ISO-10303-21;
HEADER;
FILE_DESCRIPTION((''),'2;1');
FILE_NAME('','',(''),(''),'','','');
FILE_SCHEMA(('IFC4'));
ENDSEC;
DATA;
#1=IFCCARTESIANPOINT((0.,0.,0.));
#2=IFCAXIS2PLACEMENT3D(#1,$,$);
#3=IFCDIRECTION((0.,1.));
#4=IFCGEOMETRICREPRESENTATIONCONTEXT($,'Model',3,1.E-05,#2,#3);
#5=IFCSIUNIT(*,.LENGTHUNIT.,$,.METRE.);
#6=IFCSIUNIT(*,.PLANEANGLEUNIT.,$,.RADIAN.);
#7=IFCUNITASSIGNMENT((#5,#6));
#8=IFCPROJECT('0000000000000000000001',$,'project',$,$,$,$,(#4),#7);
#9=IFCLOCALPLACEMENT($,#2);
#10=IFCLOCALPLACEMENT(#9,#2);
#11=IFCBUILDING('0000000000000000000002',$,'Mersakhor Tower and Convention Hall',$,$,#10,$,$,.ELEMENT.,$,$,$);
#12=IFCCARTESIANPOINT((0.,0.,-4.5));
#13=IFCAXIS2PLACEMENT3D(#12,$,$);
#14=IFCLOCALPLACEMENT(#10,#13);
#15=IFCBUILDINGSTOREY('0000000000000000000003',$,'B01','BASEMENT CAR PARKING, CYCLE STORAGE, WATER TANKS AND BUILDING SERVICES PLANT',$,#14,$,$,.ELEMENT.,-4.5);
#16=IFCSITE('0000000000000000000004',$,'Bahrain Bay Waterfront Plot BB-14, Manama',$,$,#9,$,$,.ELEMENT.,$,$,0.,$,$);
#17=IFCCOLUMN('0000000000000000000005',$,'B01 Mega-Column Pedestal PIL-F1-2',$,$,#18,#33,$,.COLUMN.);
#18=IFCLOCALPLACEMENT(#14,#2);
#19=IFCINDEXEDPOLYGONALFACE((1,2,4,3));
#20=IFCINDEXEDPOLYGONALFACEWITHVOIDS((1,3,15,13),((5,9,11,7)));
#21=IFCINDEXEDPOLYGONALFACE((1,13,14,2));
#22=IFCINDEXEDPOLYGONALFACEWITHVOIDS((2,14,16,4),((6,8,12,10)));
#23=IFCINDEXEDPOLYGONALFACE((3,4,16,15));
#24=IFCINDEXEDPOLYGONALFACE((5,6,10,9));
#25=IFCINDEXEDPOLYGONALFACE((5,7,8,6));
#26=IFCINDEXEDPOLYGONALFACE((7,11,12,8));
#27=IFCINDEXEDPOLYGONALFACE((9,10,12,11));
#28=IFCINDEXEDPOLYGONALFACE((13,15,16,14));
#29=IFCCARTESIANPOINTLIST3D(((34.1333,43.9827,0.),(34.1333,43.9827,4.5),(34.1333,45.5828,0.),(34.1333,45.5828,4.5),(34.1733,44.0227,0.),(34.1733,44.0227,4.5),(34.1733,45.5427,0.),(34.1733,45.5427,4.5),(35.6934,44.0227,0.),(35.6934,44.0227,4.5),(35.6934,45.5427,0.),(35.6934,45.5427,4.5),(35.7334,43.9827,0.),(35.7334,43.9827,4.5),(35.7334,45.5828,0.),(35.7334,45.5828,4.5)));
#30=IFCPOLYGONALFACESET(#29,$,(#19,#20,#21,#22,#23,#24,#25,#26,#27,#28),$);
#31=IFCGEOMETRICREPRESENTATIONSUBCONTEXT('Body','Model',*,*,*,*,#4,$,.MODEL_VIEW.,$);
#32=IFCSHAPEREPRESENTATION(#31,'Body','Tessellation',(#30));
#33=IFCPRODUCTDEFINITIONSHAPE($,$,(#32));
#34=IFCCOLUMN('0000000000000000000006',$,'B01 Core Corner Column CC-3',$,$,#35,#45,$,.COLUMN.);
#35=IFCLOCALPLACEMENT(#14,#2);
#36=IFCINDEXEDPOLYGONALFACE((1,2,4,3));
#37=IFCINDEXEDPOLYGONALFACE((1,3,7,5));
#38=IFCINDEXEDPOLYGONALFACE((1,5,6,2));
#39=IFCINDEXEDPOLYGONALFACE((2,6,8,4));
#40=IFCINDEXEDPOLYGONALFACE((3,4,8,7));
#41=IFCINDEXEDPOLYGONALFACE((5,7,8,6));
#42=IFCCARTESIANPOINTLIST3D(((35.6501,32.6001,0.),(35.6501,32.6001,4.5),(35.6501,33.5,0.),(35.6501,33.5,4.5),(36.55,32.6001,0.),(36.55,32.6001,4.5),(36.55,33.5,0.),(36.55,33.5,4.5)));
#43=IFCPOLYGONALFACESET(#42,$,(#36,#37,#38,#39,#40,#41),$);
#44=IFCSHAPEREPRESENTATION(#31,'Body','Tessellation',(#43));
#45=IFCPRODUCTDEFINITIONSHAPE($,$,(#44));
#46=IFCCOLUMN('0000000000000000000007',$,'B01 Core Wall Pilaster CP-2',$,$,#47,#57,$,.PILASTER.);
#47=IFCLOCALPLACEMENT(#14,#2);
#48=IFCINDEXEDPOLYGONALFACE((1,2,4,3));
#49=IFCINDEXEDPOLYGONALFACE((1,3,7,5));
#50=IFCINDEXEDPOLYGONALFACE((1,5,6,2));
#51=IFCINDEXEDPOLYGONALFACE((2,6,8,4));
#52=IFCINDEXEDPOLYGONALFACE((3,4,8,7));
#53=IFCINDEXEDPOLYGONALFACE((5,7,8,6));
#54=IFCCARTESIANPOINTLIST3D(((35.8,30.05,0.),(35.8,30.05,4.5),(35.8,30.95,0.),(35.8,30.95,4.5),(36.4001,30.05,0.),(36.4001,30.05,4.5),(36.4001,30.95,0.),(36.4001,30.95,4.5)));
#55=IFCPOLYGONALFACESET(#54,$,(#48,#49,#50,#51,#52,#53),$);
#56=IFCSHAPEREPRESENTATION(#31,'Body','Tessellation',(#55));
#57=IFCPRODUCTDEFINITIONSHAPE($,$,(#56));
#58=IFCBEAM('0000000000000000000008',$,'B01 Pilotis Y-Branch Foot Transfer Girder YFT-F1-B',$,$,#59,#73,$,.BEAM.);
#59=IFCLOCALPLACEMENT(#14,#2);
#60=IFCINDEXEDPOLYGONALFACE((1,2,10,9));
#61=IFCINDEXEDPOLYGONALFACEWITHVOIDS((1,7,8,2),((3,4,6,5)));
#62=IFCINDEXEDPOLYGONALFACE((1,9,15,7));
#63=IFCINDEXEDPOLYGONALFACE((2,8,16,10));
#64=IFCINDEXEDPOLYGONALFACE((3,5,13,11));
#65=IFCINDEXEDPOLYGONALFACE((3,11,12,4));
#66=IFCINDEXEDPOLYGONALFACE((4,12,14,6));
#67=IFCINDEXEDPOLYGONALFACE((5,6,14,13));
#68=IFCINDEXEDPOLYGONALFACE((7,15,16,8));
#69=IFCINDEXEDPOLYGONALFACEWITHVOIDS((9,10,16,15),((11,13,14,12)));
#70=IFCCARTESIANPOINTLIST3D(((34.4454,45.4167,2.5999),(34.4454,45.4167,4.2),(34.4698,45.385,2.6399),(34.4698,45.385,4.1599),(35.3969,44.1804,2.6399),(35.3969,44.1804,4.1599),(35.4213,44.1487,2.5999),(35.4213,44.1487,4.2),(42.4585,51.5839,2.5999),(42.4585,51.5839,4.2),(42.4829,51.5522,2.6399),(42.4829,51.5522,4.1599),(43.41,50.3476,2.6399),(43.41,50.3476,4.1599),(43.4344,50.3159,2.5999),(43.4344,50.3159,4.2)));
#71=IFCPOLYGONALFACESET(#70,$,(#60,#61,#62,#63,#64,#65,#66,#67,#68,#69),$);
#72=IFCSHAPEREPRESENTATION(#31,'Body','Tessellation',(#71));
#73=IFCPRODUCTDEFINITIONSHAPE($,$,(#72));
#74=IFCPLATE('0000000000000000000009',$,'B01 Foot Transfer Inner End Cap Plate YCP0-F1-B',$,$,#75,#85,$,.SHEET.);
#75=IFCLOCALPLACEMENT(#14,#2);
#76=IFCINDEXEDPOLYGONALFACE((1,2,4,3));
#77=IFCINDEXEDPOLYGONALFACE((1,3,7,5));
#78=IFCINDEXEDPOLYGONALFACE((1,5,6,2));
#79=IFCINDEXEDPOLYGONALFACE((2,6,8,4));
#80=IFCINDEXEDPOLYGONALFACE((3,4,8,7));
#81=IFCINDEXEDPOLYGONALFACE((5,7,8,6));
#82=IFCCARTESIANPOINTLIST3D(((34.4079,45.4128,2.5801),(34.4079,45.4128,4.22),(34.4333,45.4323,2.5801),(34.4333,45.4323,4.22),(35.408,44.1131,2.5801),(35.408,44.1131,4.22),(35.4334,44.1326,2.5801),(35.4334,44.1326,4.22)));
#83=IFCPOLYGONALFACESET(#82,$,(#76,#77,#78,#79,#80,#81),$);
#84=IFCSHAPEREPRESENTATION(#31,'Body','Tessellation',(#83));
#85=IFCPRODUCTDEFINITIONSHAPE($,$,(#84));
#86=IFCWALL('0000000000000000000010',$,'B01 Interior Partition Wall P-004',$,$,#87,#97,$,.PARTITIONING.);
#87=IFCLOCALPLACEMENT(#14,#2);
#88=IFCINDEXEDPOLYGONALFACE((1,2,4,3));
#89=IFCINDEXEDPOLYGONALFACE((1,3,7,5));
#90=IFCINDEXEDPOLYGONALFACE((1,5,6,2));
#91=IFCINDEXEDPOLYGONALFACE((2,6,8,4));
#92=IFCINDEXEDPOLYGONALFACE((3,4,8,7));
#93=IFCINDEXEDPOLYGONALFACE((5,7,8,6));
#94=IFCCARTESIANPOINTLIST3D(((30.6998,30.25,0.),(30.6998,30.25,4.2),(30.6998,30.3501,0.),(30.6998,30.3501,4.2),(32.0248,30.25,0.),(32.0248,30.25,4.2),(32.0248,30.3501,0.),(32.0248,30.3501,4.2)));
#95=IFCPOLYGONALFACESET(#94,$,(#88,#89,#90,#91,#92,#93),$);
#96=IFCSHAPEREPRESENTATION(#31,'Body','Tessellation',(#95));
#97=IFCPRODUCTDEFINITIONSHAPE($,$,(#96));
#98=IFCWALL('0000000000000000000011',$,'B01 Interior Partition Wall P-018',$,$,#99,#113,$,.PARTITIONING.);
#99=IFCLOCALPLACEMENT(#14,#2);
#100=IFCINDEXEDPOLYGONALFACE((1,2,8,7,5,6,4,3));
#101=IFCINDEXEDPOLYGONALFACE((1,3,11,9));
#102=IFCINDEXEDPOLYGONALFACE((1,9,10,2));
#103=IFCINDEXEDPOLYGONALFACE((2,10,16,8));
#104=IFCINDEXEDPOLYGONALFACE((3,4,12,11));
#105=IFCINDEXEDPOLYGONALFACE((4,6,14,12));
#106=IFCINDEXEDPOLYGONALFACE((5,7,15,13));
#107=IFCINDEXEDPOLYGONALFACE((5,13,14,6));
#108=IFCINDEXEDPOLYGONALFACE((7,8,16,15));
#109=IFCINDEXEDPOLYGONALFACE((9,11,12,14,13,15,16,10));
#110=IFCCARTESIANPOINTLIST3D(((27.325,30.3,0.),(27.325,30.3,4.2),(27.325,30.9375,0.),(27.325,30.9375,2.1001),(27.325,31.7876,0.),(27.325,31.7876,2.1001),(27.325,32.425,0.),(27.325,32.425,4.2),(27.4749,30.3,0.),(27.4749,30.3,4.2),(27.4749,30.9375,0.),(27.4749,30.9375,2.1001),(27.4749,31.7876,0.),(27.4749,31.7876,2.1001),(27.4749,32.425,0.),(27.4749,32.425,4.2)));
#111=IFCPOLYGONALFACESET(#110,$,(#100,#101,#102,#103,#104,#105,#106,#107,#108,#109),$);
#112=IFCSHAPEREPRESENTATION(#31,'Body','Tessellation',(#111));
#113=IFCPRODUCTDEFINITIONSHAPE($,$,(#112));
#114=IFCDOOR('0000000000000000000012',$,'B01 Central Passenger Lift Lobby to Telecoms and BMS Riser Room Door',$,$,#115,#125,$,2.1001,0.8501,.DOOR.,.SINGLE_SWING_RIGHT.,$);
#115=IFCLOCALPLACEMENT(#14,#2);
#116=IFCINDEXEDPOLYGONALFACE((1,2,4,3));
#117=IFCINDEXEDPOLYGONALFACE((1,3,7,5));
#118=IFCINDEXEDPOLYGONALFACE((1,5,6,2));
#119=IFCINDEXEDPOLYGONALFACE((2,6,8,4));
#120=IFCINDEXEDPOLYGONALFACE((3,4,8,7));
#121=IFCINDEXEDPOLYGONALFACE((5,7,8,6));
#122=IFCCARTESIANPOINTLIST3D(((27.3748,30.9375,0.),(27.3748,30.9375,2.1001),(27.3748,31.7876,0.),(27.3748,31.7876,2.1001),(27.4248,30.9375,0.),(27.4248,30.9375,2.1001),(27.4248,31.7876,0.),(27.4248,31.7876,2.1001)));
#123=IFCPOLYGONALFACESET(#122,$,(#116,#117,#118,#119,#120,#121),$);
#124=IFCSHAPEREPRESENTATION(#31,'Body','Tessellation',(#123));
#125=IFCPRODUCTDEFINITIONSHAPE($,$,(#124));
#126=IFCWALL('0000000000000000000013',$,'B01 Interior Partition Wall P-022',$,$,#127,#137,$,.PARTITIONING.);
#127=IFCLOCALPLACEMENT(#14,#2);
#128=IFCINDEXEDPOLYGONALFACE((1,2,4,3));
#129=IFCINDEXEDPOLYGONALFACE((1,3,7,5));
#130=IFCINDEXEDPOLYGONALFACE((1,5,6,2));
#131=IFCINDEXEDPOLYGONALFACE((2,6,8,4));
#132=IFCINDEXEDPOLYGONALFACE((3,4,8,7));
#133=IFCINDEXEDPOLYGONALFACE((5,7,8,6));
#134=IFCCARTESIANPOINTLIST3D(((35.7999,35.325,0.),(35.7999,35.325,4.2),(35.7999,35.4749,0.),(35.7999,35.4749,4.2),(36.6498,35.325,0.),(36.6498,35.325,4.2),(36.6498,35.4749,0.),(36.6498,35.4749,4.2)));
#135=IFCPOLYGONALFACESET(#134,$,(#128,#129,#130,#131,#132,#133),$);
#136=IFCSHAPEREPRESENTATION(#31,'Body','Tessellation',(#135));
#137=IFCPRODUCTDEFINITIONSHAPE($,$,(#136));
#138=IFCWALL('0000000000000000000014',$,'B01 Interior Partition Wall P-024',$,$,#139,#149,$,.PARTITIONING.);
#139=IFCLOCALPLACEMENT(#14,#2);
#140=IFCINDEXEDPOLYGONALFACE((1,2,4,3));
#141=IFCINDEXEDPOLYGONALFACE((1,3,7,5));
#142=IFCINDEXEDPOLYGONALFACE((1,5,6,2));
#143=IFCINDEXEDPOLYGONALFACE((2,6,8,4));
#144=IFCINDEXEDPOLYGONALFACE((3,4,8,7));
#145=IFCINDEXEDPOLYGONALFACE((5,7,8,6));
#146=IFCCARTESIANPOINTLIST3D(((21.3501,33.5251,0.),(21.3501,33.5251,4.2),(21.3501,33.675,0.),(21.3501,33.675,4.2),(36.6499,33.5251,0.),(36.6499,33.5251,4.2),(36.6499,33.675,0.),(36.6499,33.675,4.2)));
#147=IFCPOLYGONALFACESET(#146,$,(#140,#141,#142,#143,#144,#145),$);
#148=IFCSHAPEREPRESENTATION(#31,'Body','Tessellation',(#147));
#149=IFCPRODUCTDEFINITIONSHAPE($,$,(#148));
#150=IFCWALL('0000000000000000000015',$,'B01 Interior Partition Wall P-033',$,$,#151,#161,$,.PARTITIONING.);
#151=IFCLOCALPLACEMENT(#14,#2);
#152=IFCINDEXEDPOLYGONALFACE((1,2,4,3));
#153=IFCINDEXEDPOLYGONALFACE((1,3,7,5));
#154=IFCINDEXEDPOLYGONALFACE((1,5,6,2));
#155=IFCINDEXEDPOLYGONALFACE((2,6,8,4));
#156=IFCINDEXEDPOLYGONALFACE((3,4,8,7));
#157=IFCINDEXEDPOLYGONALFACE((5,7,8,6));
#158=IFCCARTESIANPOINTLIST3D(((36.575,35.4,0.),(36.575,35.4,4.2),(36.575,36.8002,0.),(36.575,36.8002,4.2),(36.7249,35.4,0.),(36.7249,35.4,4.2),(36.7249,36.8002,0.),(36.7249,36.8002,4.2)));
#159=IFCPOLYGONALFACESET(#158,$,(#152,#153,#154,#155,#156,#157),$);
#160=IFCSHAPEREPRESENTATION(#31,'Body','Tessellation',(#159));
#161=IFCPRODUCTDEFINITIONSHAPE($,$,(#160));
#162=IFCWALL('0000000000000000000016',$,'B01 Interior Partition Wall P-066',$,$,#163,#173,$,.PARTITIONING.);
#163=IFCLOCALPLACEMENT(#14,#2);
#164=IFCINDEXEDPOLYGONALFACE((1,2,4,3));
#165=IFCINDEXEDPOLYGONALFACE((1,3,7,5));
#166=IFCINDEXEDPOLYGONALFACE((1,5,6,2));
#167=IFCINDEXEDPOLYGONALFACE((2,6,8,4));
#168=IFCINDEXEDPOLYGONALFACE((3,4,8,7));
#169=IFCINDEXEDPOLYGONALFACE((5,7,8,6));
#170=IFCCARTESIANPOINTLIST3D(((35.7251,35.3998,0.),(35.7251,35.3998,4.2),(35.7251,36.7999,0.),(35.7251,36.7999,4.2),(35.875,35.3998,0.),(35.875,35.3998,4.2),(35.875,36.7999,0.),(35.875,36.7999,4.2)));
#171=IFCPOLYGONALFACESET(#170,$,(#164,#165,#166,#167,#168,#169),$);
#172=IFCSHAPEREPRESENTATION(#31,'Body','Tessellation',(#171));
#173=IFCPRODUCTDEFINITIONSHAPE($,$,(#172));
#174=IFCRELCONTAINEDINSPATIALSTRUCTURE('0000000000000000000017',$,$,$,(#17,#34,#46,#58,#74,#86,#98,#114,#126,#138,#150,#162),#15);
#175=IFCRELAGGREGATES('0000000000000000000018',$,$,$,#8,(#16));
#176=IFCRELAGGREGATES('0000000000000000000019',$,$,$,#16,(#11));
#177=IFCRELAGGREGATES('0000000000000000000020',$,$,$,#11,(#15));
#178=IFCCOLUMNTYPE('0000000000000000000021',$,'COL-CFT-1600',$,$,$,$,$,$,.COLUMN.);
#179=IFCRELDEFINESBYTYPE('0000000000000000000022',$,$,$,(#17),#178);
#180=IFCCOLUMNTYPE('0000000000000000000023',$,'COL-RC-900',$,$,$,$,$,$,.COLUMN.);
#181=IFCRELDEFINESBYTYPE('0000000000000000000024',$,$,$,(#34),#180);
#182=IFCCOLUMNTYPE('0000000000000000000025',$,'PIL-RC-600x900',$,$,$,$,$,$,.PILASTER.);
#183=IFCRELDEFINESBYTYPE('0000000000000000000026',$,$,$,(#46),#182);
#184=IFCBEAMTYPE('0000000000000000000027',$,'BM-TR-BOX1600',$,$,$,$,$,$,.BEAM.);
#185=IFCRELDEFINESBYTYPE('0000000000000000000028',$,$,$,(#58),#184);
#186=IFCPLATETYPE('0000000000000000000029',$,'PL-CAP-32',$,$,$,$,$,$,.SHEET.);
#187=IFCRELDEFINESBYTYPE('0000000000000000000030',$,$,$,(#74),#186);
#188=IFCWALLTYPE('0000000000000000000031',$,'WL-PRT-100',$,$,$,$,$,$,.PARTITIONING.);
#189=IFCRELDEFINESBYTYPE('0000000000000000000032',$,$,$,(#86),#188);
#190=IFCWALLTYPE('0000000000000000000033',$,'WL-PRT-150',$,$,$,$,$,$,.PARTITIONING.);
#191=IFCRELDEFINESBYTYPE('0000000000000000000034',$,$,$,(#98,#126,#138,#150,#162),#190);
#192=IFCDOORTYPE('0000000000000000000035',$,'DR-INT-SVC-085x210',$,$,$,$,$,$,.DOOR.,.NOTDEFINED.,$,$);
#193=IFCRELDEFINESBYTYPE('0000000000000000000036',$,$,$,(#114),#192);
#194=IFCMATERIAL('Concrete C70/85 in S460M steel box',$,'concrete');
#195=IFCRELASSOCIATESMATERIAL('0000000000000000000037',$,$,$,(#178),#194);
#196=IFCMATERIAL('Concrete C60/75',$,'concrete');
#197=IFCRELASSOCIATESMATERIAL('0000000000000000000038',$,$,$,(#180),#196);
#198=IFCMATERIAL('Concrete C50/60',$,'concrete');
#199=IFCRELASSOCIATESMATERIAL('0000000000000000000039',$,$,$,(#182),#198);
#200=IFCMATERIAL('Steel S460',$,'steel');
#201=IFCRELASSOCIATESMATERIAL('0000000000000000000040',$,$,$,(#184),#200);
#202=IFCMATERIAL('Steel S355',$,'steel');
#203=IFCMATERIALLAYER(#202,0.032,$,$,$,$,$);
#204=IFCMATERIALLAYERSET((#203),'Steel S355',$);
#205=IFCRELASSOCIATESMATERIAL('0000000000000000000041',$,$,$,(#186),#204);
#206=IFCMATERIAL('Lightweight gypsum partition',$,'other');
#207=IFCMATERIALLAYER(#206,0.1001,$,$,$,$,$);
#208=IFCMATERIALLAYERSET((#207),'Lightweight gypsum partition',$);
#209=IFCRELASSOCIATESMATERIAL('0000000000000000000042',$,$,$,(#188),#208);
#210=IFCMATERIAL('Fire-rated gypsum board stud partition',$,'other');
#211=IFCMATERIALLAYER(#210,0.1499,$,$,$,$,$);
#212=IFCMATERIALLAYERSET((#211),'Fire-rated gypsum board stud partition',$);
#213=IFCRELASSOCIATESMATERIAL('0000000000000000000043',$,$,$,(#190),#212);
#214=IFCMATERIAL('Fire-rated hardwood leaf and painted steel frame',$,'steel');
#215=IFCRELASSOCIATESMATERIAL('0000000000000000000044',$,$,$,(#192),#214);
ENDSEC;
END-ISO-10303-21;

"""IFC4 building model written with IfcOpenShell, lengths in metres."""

from ifc_helpers import new_model, si_unit, direction, frame, frame_2d, origin, origin_2d, place, context, subcontext, project, spatial, rectangle, hollow_rectangle, extrude, material, layer, layer_set, material_profile, profile_set, type_object, element, fill, save


model = new_model("IFC4")

# Units and contexts
model_context = context("Model", 3, precision=1e-05, world=origin(), true_north=direction((0.0, 1.0)))
body_context = subcontext(model_context, "Body", "Model", "MODEL_VIEW")
ifc_project = project(units=[si_unit("LENGTHUNIT", "METRE"), si_unit("PLANEANGLEUNIT", "RADIAN")], contexts=[model_context])

# Site, building, storey
site_placement = place(None, origin())
site = spatial("IfcSite", under=ifc_project, at=site_placement, Name="Bahrain Bay Waterfront Plot BB-14, Manama", CompositionType="ELEMENT", RefElevation=0.0)
building_placement = place(site_placement, origin())
building = spatial("IfcBuilding", under=site, at=building_placement, Name="Mersakhor Tower and Convention Hall", CompositionType="ELEMENT")
storey_placement = place(building_placement, frame((0.0, 0.0, -4.5)))
storey = spatial("IfcBuildingStorey", under=building, at=storey_placement, Name="B01", Description="BASEMENT CAR PARKING, CYCLE STORAGE, WATER TANKS AND BUILDING SERVICES PLANT", CompositionType="ELEMENT", Elevation=-4.5)

# Columns
ifc_material_1 = material(Name="Concrete C70/85 in S460M steel box", Category="concrete")
ifc_material_profile_1 = material_profile(ifc_material_1, hollow_rectangle(XDim=1.6001, YDim=1.6001, WallThickness=0.04, at=origin_2d()), Name="SHS 1600x1600x40")
ifc_profile_set_1 = profile_set([ifc_material_profile_1], Name="Concrete C70/85 in S460M steel box")
column_type_1 = type_object("IfcColumnType", Name="COL-CFT-1600", PredefinedType="COLUMN", material=ifc_profile_set_1)
column_1_placement = place(storey_placement, frame((34.9333, 44.7827, 0.0), z_axis=(0.0, 0.0, 1.0), x_axis=(1.0, 0.0, 0.0)))
element("IfcColumn", 1, at=column_1_placement, inside=storey, type_object=column_type_1, Name="B01 Mega-Column Pedestal PIL-F1-2", PredefinedType="COLUMN", context=body_context, shape_type="SweptSolid", body=[
    extrude(hollow_rectangle(XDim=1.6001, YDim=1.6001, WallThickness=0.04, at=origin_2d()), origin(), (0.0, 0.0, 1.0), 4.5),
])
ifc_material_2 = material(Name="Concrete C60/75", Category="concrete")
ifc_material_profile_2 = material_profile(ifc_material_2, rectangle(XDim=0.8999, YDim=0.8999, at=origin_2d()), Name="RC 900x900")
ifc_profile_set_2 = profile_set([ifc_material_profile_2], Name="Concrete C60/75")
column_type_2 = type_object("IfcColumnType", Name="COL-RC-900", PredefinedType="COLUMN", material=ifc_profile_set_2)
column_2_placement = place(storey_placement, frame((36.1001, 33.05, 0.0), z_axis=(0.0, 0.0, 1.0), x_axis=(1.0, 0.0, 0.0)))
element("IfcColumn", 2, at=column_2_placement, inside=storey, type_object=column_type_2, Name="B01 Core Corner Column CC-3", PredefinedType="COLUMN", context=body_context, shape_type="SweptSolid", body=[
    extrude(rectangle(XDim=0.8999, YDim=0.8999, at=origin_2d()), origin(), (0.0, 0.0, 1.0), 4.5),
])
ifc_material_3 = material(Name="Concrete C50/60", Category="concrete")
ifc_material_profile_3 = material_profile(ifc_material_3, rectangle(XDim=0.6001, YDim=0.8999, at=origin_2d()), Name="RC 600x900")
ifc_profile_set_3 = profile_set([ifc_material_profile_3], Name="Concrete C50/60")
column_type_3 = type_object("IfcColumnType", Name="PIL-RC-600x900", PredefinedType="PILASTER", material=ifc_profile_set_3)
column_3_placement = place(storey_placement, frame((36.1001, 30.5, 0.0), z_axis=(0.0, 0.0, 1.0), x_axis=(1.0, 0.0, 0.0)))
element("IfcColumn", 3, at=column_3_placement, inside=storey, type_object=column_type_3, Name="B01 Core Wall Pilaster CP-2", PredefinedType="PILASTER", context=body_context, shape_type="SweptSolid", body=[
    extrude(rectangle(XDim=0.6001, YDim=0.8999, at=origin_2d()), origin(), (0.0, 0.0, 1.0), 4.5),
])

# Beam
ifc_material_4 = material(Name="Steel S460", Category="steel")
ifc_material_profile_4 = material_profile(ifc_material_4, hollow_rectangle(XDim=1.6001, YDim=1.6001, WallThickness=0.04, at=origin_2d()), Name="SHS 1600x1600x40")
ifc_profile_set_4 = profile_set([ifc_material_profile_4], Name="Steel S460")
beam_type = type_object("IfcBeamType", Name="BM-TR-BOX1600", PredefinedType="BEAM", material=ifc_profile_set_4)
beam_placement = place(storey_placement, frame((34.9333, 44.7827, 3.3999), z_axis=(0.792469, 0.609913, 0.0), x_axis=(-0.609913, 0.792469, 0.0)))
element("IfcBeam", 4, at=beam_placement, inside=storey, type_object=beam_type, Name="B01 Pilotis Y-Branch Foot Transfer Girder YFT-F1-B", PredefinedType="BEAM", context=body_context, shape_type="SweptSolid", body=[
    extrude(hollow_rectangle(XDim=1.6001, YDim=1.6001, WallThickness=0.04, at=origin_2d()), origin(), (0.0, 0.0, 1.0), 10.1116),
])

# Plate
ifc_material_5 = material(Name="Steel S355", Category="steel")
ifc_layer_1 = layer(ifc_material_5, 0.032)
ifc_layer_set_1 = layer_set([ifc_layer_1], Name="Steel S355")
plate_type = type_object("IfcPlateType", Name="PL-CAP-32", PredefinedType="SHEET", material=ifc_layer_set_1)
plate_placement = place(storey_placement, frame((34.9207, 44.7727, 2.5801), z_axis=(0.0, 0.0, 1.0), x_axis=(0.792503, 0.609869, 0.0)))
element("IfcPlate", 5, at=plate_placement, inside=storey, type_object=plate_type, Name="B01 Foot Transfer Inner End Cap Plate YCP0-F1-B", PredefinedType="SHEET", context=body_context, shape_type="SweptSolid", body=[
    extrude(rectangle(XDim=0.032, YDim=1.6399, at=origin_2d()), origin(), (0.0, 0.0, 1.0), 1.6399),
])

# Wall
ifc_material_6 = material(Name="Lightweight gypsum partition", Category="other")
ifc_layer_2 = layer(ifc_material_6, 0.1001)
ifc_layer_set_2 = layer_set([ifc_layer_2], Name="Lightweight gypsum partition")
wall_type_1 = type_object("IfcWallType", Name="WL-PRT-100", PredefinedType="PARTITIONING", material=ifc_layer_set_2)
wall_1_placement = place(storey_placement, frame((32.0249, 30.3, 0.0), z_axis=(0.0, 0.0, 1.0), x_axis=(-1.0, 0.0, 0.0)))
element("IfcWall", 6, at=wall_1_placement, inside=storey, type_object=wall_type_1, Name="B01 Interior Partition Wall P-004", PredefinedType="PARTITIONING", context=body_context, shape_type="SweptSolid", body=[
    extrude(rectangle(XDim=1.325, YDim=0.1001, at=frame_2d((0.6626, 0.0))), origin(), (0.0, 0.0, 1.0), 4.2),
])

# Wall, opening, door
ifc_material_7 = material(Name="Fire-rated gypsum board stud partition", Category="other")
ifc_layer_3 = layer(ifc_material_7, 0.1499)
ifc_layer_set_3 = layer_set([ifc_layer_3], Name="Fire-rated gypsum board stud partition")
wall_type_2 = type_object("IfcWallType", Name="WL-PRT-150", PredefinedType="PARTITIONING", material=ifc_layer_set_3)
wall_2_placement = place(storey_placement, frame((27.3999, 32.425, 0.0), z_axis=(0.0, 0.0, 1.0), x_axis=(0.0, -1.0, 0.0)))
wall_2 = element("IfcWall", 7, at=wall_2_placement, inside=storey, type_object=wall_type_2, Name="B01 Interior Partition Wall P-018", PredefinedType="PARTITIONING", context=body_context, shape_type="SweptSolid", body=[
    extrude(rectangle(XDim=2.125, YDim=0.1499, at=frame_2d((1.0625, 0.0))), origin(), (0.0, 0.0, 1.0), 4.2),
])
opening_1_placement = place(wall_2_placement, frame((0.6375, 0.0, 0.0)))
opening_1 = element("IfcOpeningElement", 8, at=opening_1_placement, cuts=wall_2, PredefinedType="OPENING", context=body_context, shape_type="SweptSolid", body=[
    extrude(rectangle(XDim=0.8501, YDim=2.1001, at=frame_2d((0.425, 1.05))), frame((0.0, 0.085, 0.0), z_axis=(0.0, -1.0, 0.0), x_axis=(1.0, 0.0, 0.0)), (0.0, 0.0, 1.0), 0.1699),
])
ifc_material_8 = material(Name="Fire-rated hardwood leaf and painted steel frame", Category="steel")
door_type_1 = type_object("IfcDoorType", Name="DR-INT-SVC-085x210", OperationType="NOTDEFINED", PredefinedType="DOOR", material=ifc_material_8)
door_1_placement = place(opening_1_placement, origin())
door_1 = element("IfcDoor", 9, at=door_1_placement, inside=storey, type_object=door_type_1, Name="B01 Central Passenger Lift Lobby to Telecoms and BMS Riser Room Door", OperationType="SINGLE_SWING_RIGHT", OverallHeight=2.1001, OverallWidth=0.8501, PredefinedType="DOOR", context=body_context, shape_type="SweptSolid", body=[
    extrude(rectangle(XDim=0.8501, YDim=2.1001, at=frame_2d((0.425, 1.05))), frame((0.0, 0.0249, 0.0), z_axis=(0.0, -1.0, 0.0), x_axis=(1.0, 0.0, 0.0)), (0.0, 0.0, 1.0), 0.05),
])
fill(opening_1, door_1)

# Wall
wall_3_placement = place(storey_placement, frame((35.8, 35.3999, 0.0), z_axis=(0.0, 0.0, 1.0), x_axis=(1.0, 0.0, 0.0)))
element("IfcWall", 10, at=wall_3_placement, inside=storey, type_object=wall_type_2, Name="B01 Interior Partition Wall P-022", PredefinedType="PARTITIONING", context=body_context, shape_type="SweptSolid", body=[
    extrude(rectangle(XDim=0.8499, YDim=0.1499, at=frame_2d((0.4248, 0.0))), origin(), (0.0, 0.0, 1.0), 4.2),
])

# Walls
wall_4_placement = place(storey_placement, frame((36.6499, 33.6001, 0.0), z_axis=(0.0, 0.0, 1.0), x_axis=(-1.0, 0.0, 0.0)))
element("IfcWall", 11, at=wall_4_placement, inside=storey, type_object=wall_type_2, Name="B01 Interior Partition Wall P-024", PredefinedType="PARTITIONING", context=body_context, shape_type="SweptSolid", body=[
    extrude(rectangle(XDim=15.2998, YDim=0.1499, at=frame_2d((7.6499, 0.0))), origin(), (0.0, 0.0, 1.0), 4.2),
])
for number, where, z_axis, x_axis, name in (
    (12, (36.6499, 35.3999, 0.0), (0.0, 0.0, 1.0), (0.0, 1.0, 0.0), "B01 Interior Partition Wall P-033"),
    (13, (35.8, 36.8, 0.0), (0.0, 0.0, 1.0), (0.0, -1.0, 0.0), "B01 Interior Partition Wall P-066"),
):
    element("IfcWall", number, at=place(storey_placement, frame(where, z_axis=z_axis, x_axis=x_axis)), inside=storey, type_object=wall_type_2, Name=name, PredefinedType="PARTITIONING", context=body_context, shape_type="SweptSolid", body=[
        extrude(rectangle(XDim=1.4001, YDim=0.1499, at=frame_2d((0.7002, 0.0))), origin(), (0.0, 0.0, 1.0), 4.2),
    ])

save(model, "model.ifc")
